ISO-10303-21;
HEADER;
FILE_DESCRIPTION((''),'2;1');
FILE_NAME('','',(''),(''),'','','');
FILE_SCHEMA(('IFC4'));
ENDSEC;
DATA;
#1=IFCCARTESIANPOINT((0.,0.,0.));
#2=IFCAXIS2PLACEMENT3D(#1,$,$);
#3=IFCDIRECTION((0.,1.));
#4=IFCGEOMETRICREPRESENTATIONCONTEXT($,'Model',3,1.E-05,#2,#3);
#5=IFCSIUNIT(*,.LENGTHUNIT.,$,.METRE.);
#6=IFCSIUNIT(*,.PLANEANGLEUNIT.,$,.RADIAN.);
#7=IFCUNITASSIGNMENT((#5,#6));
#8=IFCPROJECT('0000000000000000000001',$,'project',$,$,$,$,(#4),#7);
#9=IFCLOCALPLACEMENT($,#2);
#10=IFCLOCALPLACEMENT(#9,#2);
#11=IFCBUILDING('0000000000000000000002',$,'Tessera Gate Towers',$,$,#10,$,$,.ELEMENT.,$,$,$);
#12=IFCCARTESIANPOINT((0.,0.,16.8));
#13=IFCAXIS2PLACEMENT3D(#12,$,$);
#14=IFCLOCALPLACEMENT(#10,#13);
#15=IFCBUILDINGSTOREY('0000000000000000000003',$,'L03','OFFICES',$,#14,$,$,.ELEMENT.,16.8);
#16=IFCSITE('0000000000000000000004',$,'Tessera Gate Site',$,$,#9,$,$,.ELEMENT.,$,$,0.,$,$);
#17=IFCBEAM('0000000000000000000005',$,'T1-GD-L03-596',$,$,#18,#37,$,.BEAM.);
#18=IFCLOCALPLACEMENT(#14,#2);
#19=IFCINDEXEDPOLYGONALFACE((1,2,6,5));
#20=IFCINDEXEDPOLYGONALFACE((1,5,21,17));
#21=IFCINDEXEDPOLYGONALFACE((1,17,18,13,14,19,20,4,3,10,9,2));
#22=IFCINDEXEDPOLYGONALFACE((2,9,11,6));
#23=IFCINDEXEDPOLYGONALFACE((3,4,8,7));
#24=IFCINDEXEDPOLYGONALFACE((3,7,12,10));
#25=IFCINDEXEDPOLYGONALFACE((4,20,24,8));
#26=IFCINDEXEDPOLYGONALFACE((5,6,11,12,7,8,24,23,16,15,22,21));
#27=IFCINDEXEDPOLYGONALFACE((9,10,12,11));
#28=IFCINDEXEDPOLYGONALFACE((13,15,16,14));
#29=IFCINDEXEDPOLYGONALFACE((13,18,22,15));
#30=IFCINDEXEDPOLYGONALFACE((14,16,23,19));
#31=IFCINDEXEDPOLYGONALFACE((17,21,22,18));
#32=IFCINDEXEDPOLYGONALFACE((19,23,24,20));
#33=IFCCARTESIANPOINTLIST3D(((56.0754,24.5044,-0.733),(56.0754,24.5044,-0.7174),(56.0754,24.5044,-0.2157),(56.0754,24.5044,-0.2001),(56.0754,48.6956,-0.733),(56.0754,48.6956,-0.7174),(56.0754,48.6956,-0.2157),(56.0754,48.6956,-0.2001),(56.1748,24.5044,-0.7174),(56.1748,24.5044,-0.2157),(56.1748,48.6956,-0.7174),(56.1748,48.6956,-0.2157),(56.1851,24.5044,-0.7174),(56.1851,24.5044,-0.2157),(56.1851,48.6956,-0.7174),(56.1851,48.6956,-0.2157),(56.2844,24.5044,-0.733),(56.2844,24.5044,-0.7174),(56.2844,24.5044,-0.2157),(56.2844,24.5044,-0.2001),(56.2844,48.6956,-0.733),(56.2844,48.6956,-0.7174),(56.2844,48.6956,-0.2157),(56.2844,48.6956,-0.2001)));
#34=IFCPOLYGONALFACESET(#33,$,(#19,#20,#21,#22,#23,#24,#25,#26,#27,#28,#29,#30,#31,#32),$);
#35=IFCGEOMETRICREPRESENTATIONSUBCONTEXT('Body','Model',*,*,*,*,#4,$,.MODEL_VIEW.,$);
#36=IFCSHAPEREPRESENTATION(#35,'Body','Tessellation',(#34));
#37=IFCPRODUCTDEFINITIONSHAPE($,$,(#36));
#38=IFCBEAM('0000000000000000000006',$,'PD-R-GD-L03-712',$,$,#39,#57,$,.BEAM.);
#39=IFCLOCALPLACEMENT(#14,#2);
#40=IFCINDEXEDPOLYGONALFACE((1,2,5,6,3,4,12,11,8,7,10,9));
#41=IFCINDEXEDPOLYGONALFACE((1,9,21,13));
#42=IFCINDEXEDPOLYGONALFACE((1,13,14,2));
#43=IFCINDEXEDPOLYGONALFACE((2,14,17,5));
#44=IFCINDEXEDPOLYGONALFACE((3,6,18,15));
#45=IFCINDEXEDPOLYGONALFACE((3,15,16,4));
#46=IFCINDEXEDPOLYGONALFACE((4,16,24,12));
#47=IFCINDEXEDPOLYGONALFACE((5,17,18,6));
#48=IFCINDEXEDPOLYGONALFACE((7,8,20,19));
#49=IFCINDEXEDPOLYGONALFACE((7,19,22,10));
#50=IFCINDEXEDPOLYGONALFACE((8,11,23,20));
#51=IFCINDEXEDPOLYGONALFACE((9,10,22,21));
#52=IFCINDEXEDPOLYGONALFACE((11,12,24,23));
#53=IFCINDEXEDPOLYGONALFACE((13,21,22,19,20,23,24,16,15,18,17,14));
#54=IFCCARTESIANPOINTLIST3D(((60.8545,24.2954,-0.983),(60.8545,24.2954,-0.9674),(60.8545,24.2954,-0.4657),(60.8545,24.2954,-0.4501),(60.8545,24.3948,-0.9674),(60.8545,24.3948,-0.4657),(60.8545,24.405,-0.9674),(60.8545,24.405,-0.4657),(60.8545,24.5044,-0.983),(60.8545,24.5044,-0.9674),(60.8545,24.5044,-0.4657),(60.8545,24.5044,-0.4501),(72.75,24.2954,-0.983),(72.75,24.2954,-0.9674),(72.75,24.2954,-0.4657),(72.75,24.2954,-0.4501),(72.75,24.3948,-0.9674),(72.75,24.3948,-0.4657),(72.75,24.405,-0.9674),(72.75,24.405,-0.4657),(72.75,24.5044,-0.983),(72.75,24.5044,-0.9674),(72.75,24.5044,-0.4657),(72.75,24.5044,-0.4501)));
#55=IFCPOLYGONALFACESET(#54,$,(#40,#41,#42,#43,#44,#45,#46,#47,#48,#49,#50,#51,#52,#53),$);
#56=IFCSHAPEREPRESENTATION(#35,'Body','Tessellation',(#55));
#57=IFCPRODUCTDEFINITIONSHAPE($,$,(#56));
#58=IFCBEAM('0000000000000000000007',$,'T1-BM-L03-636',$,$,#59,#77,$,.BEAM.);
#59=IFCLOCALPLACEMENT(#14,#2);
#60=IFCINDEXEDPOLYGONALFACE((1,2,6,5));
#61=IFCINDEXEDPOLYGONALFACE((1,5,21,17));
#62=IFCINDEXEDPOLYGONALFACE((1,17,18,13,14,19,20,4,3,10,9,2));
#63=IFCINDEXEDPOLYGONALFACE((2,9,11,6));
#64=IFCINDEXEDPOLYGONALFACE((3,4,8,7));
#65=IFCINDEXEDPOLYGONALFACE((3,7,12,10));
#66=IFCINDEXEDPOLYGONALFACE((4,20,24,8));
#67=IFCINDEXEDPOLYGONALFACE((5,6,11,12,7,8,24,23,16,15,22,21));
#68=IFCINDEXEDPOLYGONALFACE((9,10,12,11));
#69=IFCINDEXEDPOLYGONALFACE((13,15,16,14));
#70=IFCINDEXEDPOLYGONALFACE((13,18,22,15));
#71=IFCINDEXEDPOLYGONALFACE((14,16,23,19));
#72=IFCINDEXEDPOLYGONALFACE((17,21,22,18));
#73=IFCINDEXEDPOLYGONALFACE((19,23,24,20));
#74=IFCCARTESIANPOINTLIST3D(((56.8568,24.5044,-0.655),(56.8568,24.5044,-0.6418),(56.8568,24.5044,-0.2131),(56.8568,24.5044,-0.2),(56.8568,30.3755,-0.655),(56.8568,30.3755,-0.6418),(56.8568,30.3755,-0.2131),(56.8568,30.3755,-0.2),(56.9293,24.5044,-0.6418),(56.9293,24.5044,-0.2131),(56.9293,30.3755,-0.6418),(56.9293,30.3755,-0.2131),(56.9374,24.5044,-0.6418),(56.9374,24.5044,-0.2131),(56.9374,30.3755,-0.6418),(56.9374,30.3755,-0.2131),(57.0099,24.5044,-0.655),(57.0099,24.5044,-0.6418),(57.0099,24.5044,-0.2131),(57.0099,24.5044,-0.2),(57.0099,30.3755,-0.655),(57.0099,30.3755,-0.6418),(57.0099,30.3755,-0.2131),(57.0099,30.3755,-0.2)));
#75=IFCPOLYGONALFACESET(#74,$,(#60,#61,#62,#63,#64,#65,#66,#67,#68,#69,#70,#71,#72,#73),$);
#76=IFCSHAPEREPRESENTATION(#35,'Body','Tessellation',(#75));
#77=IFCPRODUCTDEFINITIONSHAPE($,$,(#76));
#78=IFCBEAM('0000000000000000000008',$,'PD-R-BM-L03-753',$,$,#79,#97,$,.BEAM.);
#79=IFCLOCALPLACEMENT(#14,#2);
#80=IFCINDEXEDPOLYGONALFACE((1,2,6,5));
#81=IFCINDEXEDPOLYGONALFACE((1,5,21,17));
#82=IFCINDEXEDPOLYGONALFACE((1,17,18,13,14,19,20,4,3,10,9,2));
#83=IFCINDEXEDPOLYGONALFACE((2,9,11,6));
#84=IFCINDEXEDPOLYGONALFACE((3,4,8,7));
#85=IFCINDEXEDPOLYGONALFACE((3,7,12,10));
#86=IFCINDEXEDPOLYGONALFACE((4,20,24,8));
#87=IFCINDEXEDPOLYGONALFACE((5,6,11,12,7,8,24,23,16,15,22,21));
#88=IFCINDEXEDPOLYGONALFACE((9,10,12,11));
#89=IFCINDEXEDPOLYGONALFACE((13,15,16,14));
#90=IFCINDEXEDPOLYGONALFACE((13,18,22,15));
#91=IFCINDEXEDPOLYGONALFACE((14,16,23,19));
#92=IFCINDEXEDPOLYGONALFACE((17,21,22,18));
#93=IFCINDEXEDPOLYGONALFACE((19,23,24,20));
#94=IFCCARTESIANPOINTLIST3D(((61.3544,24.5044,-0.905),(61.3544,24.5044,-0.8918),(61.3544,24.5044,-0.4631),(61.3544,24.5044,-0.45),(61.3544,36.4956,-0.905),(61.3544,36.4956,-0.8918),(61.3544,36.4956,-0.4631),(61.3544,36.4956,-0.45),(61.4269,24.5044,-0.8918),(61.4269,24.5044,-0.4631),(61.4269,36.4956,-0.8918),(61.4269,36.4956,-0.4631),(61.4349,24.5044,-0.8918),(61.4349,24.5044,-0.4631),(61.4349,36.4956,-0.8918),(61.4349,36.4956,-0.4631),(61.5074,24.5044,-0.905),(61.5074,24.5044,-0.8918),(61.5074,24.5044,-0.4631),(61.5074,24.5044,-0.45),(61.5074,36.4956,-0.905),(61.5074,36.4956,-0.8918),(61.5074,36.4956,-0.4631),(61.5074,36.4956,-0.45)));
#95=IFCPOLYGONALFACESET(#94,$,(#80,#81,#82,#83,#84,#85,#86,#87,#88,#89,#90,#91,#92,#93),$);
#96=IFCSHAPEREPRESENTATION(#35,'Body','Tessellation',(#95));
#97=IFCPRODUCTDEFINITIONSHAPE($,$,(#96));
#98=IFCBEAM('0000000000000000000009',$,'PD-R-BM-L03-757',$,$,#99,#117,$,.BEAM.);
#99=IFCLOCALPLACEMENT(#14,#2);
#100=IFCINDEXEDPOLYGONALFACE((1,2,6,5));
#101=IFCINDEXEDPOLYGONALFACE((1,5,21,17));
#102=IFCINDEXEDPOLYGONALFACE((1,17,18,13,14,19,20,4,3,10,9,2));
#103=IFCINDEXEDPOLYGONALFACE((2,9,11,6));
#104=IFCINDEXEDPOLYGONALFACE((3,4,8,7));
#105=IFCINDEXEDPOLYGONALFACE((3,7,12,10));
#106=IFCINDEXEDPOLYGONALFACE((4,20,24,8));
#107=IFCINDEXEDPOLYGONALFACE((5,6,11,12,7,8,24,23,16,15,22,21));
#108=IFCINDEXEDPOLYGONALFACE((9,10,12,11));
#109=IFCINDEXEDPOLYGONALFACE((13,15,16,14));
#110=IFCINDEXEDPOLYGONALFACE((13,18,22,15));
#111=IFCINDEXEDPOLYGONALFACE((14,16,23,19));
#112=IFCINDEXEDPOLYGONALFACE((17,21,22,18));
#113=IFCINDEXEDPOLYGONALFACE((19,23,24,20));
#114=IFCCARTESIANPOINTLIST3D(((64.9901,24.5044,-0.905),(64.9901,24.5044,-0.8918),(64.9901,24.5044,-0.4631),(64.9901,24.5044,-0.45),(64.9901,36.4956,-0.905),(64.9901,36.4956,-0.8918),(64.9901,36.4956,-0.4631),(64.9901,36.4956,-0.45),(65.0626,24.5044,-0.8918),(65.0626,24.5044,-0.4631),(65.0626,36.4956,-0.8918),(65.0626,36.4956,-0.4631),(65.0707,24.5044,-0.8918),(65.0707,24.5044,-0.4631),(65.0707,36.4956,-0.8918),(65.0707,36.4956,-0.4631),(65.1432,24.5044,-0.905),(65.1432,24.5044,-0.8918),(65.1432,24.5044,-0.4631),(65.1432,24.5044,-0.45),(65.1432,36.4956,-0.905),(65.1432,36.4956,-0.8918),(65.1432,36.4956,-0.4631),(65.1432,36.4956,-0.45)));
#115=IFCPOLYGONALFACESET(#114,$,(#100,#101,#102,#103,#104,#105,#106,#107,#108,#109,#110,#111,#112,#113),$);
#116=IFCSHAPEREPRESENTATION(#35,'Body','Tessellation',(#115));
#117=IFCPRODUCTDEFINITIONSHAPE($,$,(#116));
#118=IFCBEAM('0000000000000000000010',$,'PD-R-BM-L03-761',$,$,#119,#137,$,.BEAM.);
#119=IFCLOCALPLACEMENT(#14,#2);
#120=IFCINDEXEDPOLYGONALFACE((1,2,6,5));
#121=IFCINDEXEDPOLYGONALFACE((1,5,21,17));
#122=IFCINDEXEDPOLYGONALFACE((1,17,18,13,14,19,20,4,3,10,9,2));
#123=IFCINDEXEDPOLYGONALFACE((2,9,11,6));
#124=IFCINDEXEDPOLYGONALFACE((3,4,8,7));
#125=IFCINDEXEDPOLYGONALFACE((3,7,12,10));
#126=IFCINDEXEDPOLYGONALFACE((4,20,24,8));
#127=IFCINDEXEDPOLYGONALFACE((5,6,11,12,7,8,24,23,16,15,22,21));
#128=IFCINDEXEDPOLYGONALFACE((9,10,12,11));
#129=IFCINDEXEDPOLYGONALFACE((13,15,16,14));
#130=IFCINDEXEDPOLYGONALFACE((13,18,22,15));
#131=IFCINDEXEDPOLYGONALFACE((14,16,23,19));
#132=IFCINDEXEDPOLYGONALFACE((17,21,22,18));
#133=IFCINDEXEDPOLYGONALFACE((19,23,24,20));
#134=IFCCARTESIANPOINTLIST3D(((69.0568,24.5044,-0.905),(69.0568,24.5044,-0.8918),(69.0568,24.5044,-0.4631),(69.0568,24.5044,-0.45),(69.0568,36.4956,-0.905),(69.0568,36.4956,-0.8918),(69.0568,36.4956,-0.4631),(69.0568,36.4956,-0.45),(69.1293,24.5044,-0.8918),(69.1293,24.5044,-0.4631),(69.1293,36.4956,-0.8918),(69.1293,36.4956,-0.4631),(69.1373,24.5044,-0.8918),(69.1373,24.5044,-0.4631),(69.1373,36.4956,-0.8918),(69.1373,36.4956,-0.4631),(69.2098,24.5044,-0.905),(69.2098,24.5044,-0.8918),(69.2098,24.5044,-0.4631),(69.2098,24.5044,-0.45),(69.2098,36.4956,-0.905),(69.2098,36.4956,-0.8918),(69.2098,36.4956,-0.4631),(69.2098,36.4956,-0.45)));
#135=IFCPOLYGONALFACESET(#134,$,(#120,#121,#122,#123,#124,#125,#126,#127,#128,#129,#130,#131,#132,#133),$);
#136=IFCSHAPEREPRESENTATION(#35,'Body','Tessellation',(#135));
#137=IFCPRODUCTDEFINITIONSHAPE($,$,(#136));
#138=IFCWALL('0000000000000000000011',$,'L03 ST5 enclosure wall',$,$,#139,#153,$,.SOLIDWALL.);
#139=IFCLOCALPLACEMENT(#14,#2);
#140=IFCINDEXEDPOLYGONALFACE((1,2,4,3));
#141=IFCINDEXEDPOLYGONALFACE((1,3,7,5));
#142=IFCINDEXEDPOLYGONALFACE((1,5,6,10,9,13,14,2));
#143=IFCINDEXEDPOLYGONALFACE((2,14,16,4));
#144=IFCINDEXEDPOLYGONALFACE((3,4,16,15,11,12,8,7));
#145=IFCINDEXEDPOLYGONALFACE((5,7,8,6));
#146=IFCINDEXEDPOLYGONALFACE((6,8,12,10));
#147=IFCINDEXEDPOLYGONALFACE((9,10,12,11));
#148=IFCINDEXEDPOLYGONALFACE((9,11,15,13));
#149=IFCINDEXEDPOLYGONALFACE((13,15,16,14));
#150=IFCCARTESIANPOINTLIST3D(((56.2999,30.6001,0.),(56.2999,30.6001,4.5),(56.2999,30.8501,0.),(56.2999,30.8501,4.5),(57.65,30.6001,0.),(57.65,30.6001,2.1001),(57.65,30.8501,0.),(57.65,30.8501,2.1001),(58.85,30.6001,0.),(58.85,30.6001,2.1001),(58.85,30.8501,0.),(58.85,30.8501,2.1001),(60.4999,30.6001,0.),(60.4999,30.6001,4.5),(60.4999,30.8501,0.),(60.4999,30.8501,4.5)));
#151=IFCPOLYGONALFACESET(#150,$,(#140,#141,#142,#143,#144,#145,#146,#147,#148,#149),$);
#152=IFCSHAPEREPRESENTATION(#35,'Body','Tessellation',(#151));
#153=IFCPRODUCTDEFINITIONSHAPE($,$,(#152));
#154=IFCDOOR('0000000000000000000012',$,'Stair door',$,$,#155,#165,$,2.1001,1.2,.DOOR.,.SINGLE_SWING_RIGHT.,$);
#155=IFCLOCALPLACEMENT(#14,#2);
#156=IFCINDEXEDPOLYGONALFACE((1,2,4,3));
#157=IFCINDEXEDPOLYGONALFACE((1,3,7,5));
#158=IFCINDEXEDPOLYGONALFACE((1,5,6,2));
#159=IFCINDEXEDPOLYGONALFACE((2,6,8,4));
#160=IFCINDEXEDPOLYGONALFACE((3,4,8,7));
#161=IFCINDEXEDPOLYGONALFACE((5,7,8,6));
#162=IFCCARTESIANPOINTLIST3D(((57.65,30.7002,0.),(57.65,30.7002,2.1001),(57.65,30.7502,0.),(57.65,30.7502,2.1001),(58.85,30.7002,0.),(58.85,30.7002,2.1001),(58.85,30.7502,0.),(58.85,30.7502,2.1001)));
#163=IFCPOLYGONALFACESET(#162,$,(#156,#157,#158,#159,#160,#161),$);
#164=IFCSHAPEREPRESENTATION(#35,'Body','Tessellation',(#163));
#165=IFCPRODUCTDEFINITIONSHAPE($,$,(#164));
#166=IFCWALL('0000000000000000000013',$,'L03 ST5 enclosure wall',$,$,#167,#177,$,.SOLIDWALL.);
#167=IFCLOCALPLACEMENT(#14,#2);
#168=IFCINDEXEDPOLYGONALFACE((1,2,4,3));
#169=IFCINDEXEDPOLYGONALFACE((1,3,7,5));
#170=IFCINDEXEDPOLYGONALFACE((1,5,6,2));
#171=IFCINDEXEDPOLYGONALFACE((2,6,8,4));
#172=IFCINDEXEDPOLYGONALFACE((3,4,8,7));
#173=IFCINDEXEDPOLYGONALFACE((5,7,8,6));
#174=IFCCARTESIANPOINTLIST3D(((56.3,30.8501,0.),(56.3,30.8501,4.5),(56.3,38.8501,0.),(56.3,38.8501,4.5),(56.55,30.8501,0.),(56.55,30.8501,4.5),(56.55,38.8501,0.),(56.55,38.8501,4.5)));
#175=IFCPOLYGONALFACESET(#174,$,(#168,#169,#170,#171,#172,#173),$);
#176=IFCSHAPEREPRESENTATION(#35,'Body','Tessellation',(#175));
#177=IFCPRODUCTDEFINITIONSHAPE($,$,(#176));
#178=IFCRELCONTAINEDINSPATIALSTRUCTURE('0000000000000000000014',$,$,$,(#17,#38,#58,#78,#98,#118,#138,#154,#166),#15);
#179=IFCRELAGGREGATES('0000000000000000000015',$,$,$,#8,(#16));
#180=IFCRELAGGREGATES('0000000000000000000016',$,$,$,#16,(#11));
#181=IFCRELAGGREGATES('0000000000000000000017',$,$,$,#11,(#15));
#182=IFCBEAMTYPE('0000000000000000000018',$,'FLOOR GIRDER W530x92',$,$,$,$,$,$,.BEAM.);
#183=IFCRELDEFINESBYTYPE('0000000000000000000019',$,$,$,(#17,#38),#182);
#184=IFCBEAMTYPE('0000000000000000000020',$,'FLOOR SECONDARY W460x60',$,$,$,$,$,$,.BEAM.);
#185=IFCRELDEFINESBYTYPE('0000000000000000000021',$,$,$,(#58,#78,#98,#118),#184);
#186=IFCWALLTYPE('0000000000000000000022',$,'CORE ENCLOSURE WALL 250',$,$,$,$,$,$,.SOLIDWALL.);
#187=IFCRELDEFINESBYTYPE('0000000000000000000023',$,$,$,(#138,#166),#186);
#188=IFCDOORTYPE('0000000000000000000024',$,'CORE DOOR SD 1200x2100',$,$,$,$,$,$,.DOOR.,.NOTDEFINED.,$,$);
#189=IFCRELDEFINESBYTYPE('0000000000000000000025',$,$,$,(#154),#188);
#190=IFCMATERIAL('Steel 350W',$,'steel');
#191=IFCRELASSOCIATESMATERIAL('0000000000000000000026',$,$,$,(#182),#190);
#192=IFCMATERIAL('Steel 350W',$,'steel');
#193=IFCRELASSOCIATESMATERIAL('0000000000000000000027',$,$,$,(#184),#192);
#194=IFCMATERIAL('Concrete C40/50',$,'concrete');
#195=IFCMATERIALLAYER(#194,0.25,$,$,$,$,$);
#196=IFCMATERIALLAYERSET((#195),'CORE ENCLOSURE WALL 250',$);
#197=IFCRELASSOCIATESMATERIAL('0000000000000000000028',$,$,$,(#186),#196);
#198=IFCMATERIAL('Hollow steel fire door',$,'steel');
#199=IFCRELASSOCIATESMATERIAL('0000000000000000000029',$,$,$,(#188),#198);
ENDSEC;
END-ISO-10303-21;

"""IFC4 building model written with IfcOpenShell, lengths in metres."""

from ifc_helpers import new_model, si_unit, direction, frame, frame_2d, origin, origin_2d, place, context, subcontext, project, spatial, rectangle, i_section, extrude, source, transform, mapped, material, layer, layer_set, material_profile, profile_set, type_object, element, fill, save


model = new_model("IFC4")

# Units and contexts
model_context = context("Model", 3, precision=1e-05, world=origin(), true_north=direction((0.0, 1.0)))
body_context = subcontext(model_context, "Body", "Model", "MODEL_VIEW")
ifc_project = project(units=[si_unit("LENGTHUNIT", "METRE"), si_unit("PLANEANGLEUNIT", "RADIAN")], contexts=[model_context])

# Site, building, storey
site_placement = place(None, origin())
site = spatial("IfcSite", under=ifc_project, at=site_placement, Name="Tessera Gate Site", CompositionType="ELEMENT", RefElevation=0.0)
building_placement = place(site_placement, origin())
building = spatial("IfcBuilding", under=site, at=building_placement, Name="Tessera Gate Towers", CompositionType="ELEMENT")
storey_placement = place(building_placement, frame((0.0, 0.0, 16.8)))
storey = spatial("IfcBuildingStorey", under=building, at=storey_placement, Name="L03", Description="OFFICES", CompositionType="ELEMENT", Elevation=16.8)

# Beams
ifc_material_1 = material(Name="Steel 350W", Category="steel")
ifc_material_profile_1 = material_profile(ifc_material_1, i_section(OverallWidth=0.209, OverallDepth=0.533, WebThickness=0.0103, FlangeThickness=0.0156, at=origin_2d()), Name="W530x92")
ifc_profile_set_1 = profile_set([ifc_material_profile_1], Name="Steel 350W")
beam_type_1 = type_object("IfcBeamType", Name="FLOOR GIRDER W530x92", PredefinedType="BEAM", material=ifc_profile_set_1)
beam_1_placement = place(storey_placement, frame((56.1799, 24.5044, -0.4666), z_axis=(0.0, 1.0, 0.0), x_axis=(-1.0, 0.0, 0.0)))
element("IfcBeam", 1, at=beam_1_placement, inside=storey, type_object=beam_type_1, Name="T1-GD-L03-596", PredefinedType="BEAM", context=body_context, shape_type="SweptSolid", body=[
    extrude(i_section(OverallWidth=0.209, OverallDepth=0.533, WebThickness=0.0103, FlangeThickness=0.0156, at=origin_2d()), origin(), (0.0, 0.0, 1.0), 24.1912),
])
beam_2_placement = place(storey_placement, frame((60.8545, 24.3999, -0.7166), z_axis=(1.0, 0.0, 0.0), x_axis=(0.0, 1.0, 0.0)))
element("IfcBeam", 2, at=beam_2_placement, inside=storey, type_object=beam_type_1, Name="PD-R-GD-L03-712", PredefinedType="BEAM", context=body_context, shape_type="SweptSolid", body=[
    extrude(i_section(OverallWidth=0.209, OverallDepth=0.533, WebThickness=0.0103, FlangeThickness=0.0156, at=origin_2d()), origin(), (0.0, 0.0, 1.0), 11.8955),
])
ifc_material_2 = material(Name="Steel 350W", Category="steel")
ifc_material_profile_2 = material_profile(ifc_material_2, i_section(OverallWidth=0.1531, OverallDepth=0.4551, WebThickness=0.0081, FlangeThickness=0.0132, at=origin_2d()), Name="W460x60")
ifc_profile_set_2 = profile_set([ifc_material_profile_2], Name="Steel 350W")
beam_type_2 = type_object("IfcBeamType", Name="FLOOR SECONDARY W460x60", PredefinedType="BEAM", material=ifc_profile_set_2)
beam_3_placement = place(storey_placement, frame((56.9333, 24.5044, -0.4275), z_axis=(0.0, 1.0, 0.0), x_axis=(-1.0, 0.0, 0.0)))
element("IfcBeam", 3, at=beam_3_placement, inside=storey, type_object=beam_type_2, Name="T1-BM-L03-636", PredefinedType="BEAM", context=body_context, shape_type="SweptSolid", body=[
    extrude(i_section(OverallWidth=0.1531, OverallDepth=0.4551, WebThickness=0.0081, FlangeThickness=0.0132, at=origin_2d()), origin(), (0.0, 0.0, 1.0), 5.8711),
])
for number, where, z_axis, x_axis, name in (
    (4, (61.4309, 24.5044, -0.6775), (0.0, 1.0, 0.0), (-1.0, 0.0, 0.0), "PD-R-BM-L03-753"),
    (5, (65.0667, 24.5044, -0.6775), (0.0, 1.0, 0.0), (-1.0, 0.0, 0.0), "PD-R-BM-L03-757"),
    (6, (69.1333, 24.5044, -0.6775), (0.0, 1.0, 0.0), (-1.0, 0.0, 0.0), "PD-R-BM-L03-761"),
):
    element("IfcBeam", number, at=place(storey_placement, frame(where, z_axis=z_axis, x_axis=x_axis)), inside=storey, type_object=beam_type_2, Name=name, PredefinedType="BEAM", context=body_context, shape_type="SweptSolid", body=[
        extrude(i_section(OverallWidth=0.1531, OverallDepth=0.4551, WebThickness=0.0081, FlangeThickness=0.0132, at=origin_2d()), origin(), (0.0, 0.0, 1.0), 11.9912),
    ])

# Wall, opening, door
ifc_material_3 = material(Name="Concrete C40/50", Category="concrete")
ifc_layer_1 = layer(ifc_material_3, 0.25)
ifc_layer_set_1 = layer_set([ifc_layer_1], Name="CORE ENCLOSURE WALL 250")
wall_type_1 = type_object("IfcWallType", Name="CORE ENCLOSURE WALL 250", PredefinedType="SOLIDWALL", material=ifc_layer_set_1)
wall_1_placement = place(storey_placement, frame((60.5, 30.7251, 0.0), z_axis=(0.0, 0.0, 1.0), x_axis=(-1.0, 0.0, 0.0)))
wall_1 = element("IfcWall", 7, at=wall_1_placement, inside=storey, type_object=wall_type_1, Name="L03 ST5 enclosure wall", PredefinedType="SOLIDWALL", context=body_context, shape_type="SweptSolid", body=[
    extrude(rectangle(XDim=4.2, YDim=0.25, at=frame_2d((2.1001, 0.0))), origin(), (0.0, 0.0, 1.0), 4.5),
])
shared_shape_1 = source(origin(), body_context, "Body", "SweptSolid", [
    extrude(rectangle(XDim=1.2, YDim=2.1001, at=frame_2d((0.6001, 1.05))), frame((0.0, 0.135, 0.0), z_axis=(0.0, -1.0, 0.0), x_axis=(1.0, 0.0, 0.0)), (0.0, 0.0, 1.0), 0.27),
])
opening_1_placement = place(wall_1_placement, frame((1.6499, 0.0, 0.0)))
opening_1 = element("IfcOpeningElement", 8, at=opening_1_placement, cuts=wall_1, PredefinedType="OPENING", context=body_context, shape_type="MappedRepresentation", body=[
    mapped(shared_shape_1, transform((0.0, 0.0, 0.0), scale=1.0)),
])
ifc_material_4 = material(Name="Hollow steel fire door", Category="steel")
door_type_1 = type_object("IfcDoorType", Name="CORE DOOR SD 1200x2100", OperationType="NOTDEFINED", PredefinedType="DOOR", material=ifc_material_4)
shared_shape_2 = source(origin(), body_context, "Body", "SweptSolid", [
    extrude(rectangle(XDim=1.2, YDim=2.1001, at=frame_2d((0.6001, 1.05))), frame((0.0, 0.0249, 0.0), z_axis=(0.0, -1.0, 0.0), x_axis=(1.0, 0.0, 0.0)), (0.0, 0.0, 1.0), 0.05),
])
door_1_placement = place(opening_1_placement, origin())
door_1 = element("IfcDoor", 9, at=door_1_placement, inside=storey, type_object=door_type_1, Name="Stair door", OperationType="SINGLE_SWING_RIGHT", OverallHeight=2.1001, OverallWidth=1.2, PredefinedType="DOOR", context=body_context, shape_type="MappedRepresentation", body=[
    mapped(shared_shape_2, transform((0.0, 0.0, 0.0), scale=1.0)),
])
fill(opening_1, door_1)

# Wall
wall_2_placement = place(storey_placement, frame((56.425, 30.8501, 0.0), z_axis=(0.0, 0.0, 1.0), x_axis=(0.0, 1.0, 0.0)))
element("IfcWall", 10, at=wall_2_placement, inside=storey, type_object=wall_type_1, Name="L03 ST5 enclosure wall", PredefinedType="SOLIDWALL", context=body_context, shape_type="SweptSolid", body=[
    extrude(rectangle(XDim=8.0, YDim=0.25, at=frame_2d((4.0, 0.0))), origin(), (0.0, 0.0, 1.0), 4.5),
])

save(model, "model.ifc")
